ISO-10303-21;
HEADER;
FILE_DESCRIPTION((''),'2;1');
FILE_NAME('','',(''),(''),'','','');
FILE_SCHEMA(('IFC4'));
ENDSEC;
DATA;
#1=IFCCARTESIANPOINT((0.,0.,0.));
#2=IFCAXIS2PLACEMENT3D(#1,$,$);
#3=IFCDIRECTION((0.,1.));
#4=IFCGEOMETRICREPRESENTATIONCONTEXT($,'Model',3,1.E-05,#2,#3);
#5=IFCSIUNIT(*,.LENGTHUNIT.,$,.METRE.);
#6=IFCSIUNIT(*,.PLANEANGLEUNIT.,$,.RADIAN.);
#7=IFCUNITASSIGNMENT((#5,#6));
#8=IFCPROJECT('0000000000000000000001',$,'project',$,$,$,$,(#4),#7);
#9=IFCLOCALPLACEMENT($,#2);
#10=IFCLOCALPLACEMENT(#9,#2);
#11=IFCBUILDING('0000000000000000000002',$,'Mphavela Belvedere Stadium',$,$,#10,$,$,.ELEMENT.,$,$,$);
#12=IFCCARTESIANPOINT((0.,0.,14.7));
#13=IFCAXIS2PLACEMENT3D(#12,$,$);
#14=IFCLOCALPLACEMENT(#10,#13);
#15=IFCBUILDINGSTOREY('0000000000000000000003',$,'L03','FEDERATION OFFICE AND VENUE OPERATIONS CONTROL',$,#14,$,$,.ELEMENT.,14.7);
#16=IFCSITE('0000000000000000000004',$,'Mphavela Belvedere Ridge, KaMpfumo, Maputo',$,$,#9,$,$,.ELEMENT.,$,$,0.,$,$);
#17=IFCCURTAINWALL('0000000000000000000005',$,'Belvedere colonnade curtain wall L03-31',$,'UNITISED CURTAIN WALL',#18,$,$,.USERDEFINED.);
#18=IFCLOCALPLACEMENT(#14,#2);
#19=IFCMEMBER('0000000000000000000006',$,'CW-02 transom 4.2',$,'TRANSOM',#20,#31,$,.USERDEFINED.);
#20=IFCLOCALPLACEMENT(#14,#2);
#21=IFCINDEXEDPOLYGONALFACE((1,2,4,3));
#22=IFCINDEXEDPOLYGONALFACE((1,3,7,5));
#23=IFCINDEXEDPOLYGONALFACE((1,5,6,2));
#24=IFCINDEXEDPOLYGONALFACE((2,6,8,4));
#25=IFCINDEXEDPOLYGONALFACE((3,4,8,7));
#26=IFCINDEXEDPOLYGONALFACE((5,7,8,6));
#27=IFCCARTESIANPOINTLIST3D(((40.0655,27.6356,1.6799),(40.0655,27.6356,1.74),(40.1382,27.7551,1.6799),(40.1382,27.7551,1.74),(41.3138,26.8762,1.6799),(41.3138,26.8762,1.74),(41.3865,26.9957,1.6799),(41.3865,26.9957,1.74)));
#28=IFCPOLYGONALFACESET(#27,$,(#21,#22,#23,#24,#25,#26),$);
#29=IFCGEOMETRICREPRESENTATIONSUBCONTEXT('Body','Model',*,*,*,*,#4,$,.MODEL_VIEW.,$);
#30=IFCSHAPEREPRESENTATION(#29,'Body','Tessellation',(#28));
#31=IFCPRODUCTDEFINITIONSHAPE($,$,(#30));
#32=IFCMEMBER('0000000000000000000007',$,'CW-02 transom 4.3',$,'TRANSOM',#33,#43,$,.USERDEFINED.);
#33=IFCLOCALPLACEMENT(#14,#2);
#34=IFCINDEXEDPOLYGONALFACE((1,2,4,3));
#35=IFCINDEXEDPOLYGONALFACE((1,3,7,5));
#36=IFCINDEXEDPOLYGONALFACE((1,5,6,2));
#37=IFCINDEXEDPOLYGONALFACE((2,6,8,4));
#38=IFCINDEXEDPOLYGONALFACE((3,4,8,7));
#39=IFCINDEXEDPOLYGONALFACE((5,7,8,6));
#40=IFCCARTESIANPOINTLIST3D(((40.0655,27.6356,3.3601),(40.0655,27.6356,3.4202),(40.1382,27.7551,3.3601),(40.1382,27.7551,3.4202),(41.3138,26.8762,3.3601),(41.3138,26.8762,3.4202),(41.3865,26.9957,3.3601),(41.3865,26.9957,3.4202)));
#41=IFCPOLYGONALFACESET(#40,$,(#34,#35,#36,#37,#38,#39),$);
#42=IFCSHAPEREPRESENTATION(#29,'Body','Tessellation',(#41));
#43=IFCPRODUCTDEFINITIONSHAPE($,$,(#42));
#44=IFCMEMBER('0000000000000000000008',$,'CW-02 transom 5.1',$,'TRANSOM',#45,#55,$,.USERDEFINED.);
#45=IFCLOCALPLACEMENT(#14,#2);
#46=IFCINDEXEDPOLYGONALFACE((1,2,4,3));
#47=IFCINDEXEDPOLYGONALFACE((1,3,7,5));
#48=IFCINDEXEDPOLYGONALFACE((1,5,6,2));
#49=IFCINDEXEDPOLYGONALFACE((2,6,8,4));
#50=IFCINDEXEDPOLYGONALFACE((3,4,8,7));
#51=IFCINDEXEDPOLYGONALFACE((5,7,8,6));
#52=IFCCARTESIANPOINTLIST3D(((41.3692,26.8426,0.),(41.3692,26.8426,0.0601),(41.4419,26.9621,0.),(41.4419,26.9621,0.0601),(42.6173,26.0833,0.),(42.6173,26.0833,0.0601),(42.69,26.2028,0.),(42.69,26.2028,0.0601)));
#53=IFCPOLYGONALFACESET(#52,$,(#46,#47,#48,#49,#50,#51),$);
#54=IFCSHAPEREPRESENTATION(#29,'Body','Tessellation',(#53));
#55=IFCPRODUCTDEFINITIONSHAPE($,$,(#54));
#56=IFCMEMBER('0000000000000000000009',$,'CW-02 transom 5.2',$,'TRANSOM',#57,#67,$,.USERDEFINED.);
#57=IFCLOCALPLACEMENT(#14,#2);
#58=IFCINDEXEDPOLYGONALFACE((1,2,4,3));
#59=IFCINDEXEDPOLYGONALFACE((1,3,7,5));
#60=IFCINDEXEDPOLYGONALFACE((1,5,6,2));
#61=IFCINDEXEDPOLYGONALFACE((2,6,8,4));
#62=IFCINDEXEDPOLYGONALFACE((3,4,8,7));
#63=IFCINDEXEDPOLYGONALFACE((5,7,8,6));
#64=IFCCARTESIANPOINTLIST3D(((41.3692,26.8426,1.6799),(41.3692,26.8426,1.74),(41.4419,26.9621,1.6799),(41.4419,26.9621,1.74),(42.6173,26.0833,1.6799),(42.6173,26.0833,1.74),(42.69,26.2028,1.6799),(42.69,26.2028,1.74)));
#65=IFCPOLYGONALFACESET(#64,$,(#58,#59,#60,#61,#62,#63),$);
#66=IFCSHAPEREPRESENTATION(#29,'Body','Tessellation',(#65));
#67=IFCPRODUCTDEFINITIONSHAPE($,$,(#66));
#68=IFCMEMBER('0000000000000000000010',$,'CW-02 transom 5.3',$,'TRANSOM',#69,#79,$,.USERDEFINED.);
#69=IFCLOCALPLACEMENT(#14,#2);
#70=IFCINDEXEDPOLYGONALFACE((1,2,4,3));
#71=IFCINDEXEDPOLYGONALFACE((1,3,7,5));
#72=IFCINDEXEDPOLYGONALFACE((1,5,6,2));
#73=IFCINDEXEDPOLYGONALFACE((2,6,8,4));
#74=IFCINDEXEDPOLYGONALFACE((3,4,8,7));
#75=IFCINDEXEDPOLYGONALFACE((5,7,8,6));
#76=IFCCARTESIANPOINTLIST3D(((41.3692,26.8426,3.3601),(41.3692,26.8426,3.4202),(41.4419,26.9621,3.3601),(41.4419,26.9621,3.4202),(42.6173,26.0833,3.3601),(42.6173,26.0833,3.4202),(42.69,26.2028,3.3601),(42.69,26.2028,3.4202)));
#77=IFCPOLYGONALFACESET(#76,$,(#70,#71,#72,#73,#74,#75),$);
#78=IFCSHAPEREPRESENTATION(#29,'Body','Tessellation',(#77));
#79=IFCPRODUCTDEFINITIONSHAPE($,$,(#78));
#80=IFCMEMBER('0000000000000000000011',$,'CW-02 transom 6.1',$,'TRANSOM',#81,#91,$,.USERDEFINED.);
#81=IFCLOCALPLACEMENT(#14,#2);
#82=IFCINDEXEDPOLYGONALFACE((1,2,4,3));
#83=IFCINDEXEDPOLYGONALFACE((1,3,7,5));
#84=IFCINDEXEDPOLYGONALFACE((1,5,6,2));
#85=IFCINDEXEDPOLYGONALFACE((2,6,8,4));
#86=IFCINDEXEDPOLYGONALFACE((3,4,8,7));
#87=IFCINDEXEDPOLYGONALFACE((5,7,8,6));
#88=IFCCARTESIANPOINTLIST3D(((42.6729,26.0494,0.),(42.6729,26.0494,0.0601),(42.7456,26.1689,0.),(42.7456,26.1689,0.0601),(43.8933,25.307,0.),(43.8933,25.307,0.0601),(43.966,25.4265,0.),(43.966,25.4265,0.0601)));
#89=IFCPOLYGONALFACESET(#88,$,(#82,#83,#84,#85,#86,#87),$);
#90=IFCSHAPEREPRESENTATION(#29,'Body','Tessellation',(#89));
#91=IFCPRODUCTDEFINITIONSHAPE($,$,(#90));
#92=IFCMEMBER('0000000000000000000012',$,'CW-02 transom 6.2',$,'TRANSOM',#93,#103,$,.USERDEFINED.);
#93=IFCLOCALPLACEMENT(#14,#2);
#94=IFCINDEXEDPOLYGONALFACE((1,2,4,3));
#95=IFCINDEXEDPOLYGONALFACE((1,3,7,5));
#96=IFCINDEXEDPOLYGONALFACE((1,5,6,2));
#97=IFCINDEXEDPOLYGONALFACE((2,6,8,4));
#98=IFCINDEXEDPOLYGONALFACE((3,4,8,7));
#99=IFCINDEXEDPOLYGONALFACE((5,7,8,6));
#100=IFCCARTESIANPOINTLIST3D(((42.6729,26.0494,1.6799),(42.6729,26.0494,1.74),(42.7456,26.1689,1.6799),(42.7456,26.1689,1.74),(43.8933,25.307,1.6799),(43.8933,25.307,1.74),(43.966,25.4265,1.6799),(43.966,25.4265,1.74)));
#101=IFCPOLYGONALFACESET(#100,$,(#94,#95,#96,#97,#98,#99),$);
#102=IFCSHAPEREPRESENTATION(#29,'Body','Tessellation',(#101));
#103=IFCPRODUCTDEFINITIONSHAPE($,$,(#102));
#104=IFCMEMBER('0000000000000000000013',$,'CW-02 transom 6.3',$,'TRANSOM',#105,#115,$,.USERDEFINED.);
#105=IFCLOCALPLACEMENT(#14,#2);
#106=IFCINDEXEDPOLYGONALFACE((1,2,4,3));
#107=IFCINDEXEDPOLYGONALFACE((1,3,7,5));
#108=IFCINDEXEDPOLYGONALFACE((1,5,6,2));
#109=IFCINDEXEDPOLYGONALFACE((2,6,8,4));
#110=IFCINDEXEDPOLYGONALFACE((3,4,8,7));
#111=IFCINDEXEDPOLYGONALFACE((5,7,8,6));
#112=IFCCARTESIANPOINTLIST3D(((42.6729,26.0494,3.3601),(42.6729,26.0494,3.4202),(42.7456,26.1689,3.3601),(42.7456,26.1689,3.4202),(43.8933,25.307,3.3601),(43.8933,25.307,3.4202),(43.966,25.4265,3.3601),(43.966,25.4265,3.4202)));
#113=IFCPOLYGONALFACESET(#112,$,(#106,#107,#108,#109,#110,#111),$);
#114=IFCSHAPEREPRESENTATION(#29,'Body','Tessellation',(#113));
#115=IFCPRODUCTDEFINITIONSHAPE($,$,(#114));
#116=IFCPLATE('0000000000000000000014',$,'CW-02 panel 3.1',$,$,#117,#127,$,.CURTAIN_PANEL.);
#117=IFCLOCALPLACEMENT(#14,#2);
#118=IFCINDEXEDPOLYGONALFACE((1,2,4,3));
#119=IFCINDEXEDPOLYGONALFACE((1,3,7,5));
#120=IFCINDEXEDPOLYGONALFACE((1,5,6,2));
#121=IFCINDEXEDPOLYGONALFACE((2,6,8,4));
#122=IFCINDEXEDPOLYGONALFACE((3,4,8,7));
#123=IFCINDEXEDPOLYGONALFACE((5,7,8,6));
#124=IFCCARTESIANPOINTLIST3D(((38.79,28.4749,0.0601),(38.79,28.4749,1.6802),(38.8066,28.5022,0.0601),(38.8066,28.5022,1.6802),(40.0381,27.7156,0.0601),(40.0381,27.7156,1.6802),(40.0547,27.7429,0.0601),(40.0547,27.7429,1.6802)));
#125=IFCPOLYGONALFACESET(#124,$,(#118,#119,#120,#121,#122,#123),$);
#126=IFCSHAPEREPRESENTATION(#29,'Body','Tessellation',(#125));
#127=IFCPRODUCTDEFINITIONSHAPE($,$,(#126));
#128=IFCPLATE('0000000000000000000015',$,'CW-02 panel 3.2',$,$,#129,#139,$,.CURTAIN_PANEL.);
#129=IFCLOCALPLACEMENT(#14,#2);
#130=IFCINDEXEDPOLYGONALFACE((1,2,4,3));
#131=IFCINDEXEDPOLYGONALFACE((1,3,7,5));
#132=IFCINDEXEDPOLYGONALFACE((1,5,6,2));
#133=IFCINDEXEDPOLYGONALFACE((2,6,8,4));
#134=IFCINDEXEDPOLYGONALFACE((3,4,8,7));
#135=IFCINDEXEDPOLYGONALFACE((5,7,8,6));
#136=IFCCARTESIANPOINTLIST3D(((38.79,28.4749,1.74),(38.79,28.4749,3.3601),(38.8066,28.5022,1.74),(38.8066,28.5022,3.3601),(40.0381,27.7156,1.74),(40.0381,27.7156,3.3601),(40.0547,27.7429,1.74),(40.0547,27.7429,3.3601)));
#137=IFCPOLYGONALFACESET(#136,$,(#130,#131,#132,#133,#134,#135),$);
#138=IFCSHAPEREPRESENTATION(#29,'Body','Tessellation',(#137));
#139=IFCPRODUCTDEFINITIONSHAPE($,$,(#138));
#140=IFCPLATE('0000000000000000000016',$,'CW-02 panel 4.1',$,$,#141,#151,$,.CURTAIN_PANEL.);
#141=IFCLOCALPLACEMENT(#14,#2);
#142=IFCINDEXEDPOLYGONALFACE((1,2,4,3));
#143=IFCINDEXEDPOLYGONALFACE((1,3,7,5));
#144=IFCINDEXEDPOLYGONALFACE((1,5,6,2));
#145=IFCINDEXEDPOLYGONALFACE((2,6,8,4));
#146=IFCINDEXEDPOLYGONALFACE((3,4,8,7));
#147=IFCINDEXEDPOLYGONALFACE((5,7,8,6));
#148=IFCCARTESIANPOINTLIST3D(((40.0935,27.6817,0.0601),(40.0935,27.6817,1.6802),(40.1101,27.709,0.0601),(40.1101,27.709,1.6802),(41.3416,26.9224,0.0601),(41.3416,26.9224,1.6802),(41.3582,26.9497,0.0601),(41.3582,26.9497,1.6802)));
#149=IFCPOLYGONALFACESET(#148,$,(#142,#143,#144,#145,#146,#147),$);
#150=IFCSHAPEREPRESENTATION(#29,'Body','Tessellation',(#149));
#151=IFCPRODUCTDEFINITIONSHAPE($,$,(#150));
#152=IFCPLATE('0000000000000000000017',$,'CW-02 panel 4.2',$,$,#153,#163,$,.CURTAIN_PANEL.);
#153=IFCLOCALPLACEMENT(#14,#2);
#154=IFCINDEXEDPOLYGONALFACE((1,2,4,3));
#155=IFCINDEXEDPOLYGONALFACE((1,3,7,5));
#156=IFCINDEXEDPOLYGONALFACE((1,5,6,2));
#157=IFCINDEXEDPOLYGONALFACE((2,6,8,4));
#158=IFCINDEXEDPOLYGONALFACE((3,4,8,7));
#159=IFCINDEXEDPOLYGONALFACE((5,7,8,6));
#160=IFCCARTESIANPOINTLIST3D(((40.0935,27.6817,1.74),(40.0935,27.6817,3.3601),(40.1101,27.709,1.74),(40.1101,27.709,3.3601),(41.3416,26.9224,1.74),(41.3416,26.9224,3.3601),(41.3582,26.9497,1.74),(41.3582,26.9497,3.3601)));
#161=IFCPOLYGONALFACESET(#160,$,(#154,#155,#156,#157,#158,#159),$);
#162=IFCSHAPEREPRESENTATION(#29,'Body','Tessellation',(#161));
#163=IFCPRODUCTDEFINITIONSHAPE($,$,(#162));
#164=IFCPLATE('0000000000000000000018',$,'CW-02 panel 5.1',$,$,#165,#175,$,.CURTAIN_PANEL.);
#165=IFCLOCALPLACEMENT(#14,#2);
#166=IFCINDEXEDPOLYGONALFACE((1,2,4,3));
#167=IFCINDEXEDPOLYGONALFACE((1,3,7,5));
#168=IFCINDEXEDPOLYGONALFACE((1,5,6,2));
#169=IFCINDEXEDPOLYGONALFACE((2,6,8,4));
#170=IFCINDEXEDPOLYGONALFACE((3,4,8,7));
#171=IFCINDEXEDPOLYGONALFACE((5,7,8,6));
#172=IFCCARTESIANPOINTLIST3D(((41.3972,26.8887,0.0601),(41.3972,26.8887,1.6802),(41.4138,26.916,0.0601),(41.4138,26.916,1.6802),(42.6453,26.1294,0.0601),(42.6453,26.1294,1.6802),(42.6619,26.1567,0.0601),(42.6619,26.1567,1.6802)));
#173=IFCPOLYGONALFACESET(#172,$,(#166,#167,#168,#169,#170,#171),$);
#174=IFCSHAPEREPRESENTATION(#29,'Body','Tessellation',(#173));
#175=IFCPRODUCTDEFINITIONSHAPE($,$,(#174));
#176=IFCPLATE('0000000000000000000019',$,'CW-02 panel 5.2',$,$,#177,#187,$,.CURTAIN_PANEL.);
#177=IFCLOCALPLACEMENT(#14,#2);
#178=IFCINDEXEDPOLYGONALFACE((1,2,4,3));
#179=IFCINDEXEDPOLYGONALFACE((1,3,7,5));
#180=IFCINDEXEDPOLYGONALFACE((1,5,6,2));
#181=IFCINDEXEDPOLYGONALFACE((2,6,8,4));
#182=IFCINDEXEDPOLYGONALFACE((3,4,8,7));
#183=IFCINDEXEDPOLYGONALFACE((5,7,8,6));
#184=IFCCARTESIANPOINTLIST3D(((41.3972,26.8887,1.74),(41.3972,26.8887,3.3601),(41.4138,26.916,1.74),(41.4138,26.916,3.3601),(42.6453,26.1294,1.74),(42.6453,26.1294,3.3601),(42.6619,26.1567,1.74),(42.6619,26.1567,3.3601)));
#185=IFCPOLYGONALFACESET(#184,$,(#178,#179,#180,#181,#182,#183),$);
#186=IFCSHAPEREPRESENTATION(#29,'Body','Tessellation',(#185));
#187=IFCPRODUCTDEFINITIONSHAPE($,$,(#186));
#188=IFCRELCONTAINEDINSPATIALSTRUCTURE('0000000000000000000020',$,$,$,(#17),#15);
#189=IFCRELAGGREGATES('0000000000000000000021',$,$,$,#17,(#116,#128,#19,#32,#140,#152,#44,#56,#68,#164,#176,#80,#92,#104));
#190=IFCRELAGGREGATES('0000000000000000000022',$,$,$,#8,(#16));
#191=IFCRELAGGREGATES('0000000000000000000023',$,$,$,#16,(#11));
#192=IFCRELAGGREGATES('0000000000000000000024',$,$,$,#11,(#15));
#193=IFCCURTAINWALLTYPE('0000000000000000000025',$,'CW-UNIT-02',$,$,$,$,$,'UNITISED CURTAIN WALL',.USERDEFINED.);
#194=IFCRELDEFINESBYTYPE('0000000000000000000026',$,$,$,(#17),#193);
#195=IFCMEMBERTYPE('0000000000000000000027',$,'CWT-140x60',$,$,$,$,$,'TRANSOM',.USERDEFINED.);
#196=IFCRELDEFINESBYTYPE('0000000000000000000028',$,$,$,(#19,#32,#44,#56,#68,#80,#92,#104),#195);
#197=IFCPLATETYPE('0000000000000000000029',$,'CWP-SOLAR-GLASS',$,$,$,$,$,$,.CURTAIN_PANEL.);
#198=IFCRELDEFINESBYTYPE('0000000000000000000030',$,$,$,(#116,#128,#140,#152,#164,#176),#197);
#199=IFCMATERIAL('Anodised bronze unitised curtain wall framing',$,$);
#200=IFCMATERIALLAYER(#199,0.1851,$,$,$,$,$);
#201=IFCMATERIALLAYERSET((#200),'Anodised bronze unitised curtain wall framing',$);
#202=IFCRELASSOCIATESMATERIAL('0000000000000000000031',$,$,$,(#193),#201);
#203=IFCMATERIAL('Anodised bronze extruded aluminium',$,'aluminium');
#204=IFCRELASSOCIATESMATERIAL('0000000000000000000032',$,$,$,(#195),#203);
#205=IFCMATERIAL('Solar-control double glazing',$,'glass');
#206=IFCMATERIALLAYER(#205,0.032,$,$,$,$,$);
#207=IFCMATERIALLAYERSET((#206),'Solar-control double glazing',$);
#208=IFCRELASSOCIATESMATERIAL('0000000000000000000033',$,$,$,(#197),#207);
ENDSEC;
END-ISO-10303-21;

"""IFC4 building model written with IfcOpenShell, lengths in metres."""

from ifc_helpers import new_model, si_unit, direction, frame, origin, origin_2d, place, context, subcontext, project, spatial, rectangle, extrude, material, layer, layer_set, material_profile, profile_set, type_object, element, aggregate, save


model = new_model("IFC4")

# Units and contexts
model_context = context("Model", 3, precision=1e-05, world=origin(), true_north=direction((0.0, 1.0)))
body_context = subcontext(model_context, "Body", "Model", "MODEL_VIEW")
ifc_project = project(units=[si_unit("LENGTHUNIT", "METRE"), si_unit("PLANEANGLEUNIT", "RADIAN")], contexts=[model_context])

# Site, building, storey
site_placement = place(None, origin())
site = spatial("IfcSite", under=ifc_project, at=site_placement, Name="Mphavela Belvedere Ridge, KaMpfumo, Maputo", CompositionType="ELEMENT", RefElevation=0.0)
building_placement = place(site_placement, origin())
building = spatial("IfcBuilding", under=site, at=building_placement, Name="Mphavela Belvedere Stadium", CompositionType="ELEMENT")
storey_placement = place(building_placement, frame((0.0, 0.0, 14.7)))
storey = spatial("IfcBuildingStorey", under=building, at=storey_placement, Name="L03", Description="FEDERATION OFFICE AND VENUE OPERATIONS CONTROL", CompositionType="ELEMENT", Elevation=14.7)

# Curtain wall, members, plates
ifc_material_1 = material(Name="Anodised bronze unitised curtain wall framing")
ifc_layer_1 = layer(ifc_material_1, 0.1851)
ifc_layer_set_1 = layer_set([ifc_layer_1], Name="Anodised bronze unitised curtain wall framing")
curtain_wall_type = type_object("IfcCurtainWallType", Name="CW-UNIT-02", ElementType="UNITISED CURTAIN WALL", PredefinedType="USERDEFINED", material=ifc_layer_set_1)
curtain_wall_placement = place(storey_placement, origin())
curtain_wall = element("IfcCurtainWall", 1, at=curtain_wall_placement, inside=storey, type_object=curtain_wall_type, Name="Belvedere colonnade curtain wall L03-31", ObjectType="UNITISED CURTAIN WALL", PredefinedType="USERDEFINED")
ifc_material_2 = material(Name="Anodised bronze extruded aluminium", Category="aluminium")
ifc_material_profile_1 = material_profile(ifc_material_2, rectangle(XDim=0.1399, YDim=0.0601, at=origin_2d()), Name="CW-TRN 140x60")
ifc_profile_set_1 = profile_set([ifc_material_profile_1], Name="Anodised bronze extruded aluminium")
member_type_1 = type_object("IfcMemberType", Name="CWT-140x60", ElementType="TRANSOM", PredefinedType="USERDEFINED", material=ifc_profile_set_1)
member_1_placement = place(storey_placement, frame((40.1018, 27.6953, 1.71), z_axis=(0.854366, -0.519671, 0.0), x_axis=(0.519671, 0.854366, 0.0)))
member_1 = element("IfcMember", 2, at=member_1_placement, type_object=member_type_1, Name="CW-02 transom 4.2", ObjectType="TRANSOM", PredefinedType="USERDEFINED", context=body_context, shape_type="SweptSolid", body=[
    extrude(rectangle(XDim=0.1399, YDim=0.0601, at=origin_2d()), origin(), (0.0, 0.0, 1.0), 1.4612),
])
member_2_placement = place(storey_placement, frame((40.1018, 27.6953, 3.3901), z_axis=(0.854366, -0.519671, 0.0), x_axis=(0.519671, 0.854366, 0.0)))
member_2 = element("IfcMember", 3, at=member_2_placement, type_object=member_type_1, Name="CW-02 transom 4.3", ObjectType="TRANSOM", PredefinedType="USERDEFINED", context=body_context, shape_type="SweptSolid", body=[
    extrude(rectangle(XDim=0.1399, YDim=0.0601, at=origin_2d()), origin(), (0.0, 0.0, 1.0), 1.4612),
])
member_3_placement = place(storey_placement, frame((41.4055, 26.9023, 0.03), z_axis=(0.854321, -0.519745, 0.0), x_axis=(0.519745, 0.854321, 0.0)))
member_3 = element("IfcMember", 4, at=member_3_placement, type_object=member_type_1, Name="CW-02 transom 5.1", ObjectType="TRANSOM", PredefinedType="USERDEFINED", context=body_context, shape_type="SweptSolid", body=[
    extrude(rectangle(XDim=0.1399, YDim=0.0601, at=origin_2d()), origin(), (0.0, 0.0, 1.0), 1.4609),
])
member_4_placement = place(storey_placement, frame((41.4055, 26.9023, 1.71), z_axis=(0.854321, -0.519745, 0.0), x_axis=(0.519745, 0.854321, 0.0)))
member_4 = element("IfcMember", 5, at=member_4_placement, type_object=member_type_1, Name="CW-02 transom 5.2", ObjectType="TRANSOM", PredefinedType="USERDEFINED", context=body_context, shape_type="SweptSolid", body=[
    extrude(rectangle(XDim=0.1399, YDim=0.0601, at=origin_2d()), origin(), (0.0, 0.0, 1.0), 1.4609),
])
member_5_placement = place(storey_placement, frame((41.4055, 26.9023, 3.3901), z_axis=(0.854321, -0.519745, 0.0), x_axis=(0.519745, 0.854321, 0.0)))
member_5 = element("IfcMember", 6, at=member_5_placement, type_object=member_type_1, Name="CW-02 transom 5.3", ObjectType="TRANSOM", PredefinedType="USERDEFINED", context=body_context, shape_type="SweptSolid", body=[
    extrude(rectangle(XDim=0.1399, YDim=0.0601, at=origin_2d()), origin(), (0.0, 0.0, 1.0), 1.4609),
])
member_6_placement = place(storey_placement, frame((42.7092, 26.1091, 0.03), z_axis=(0.85434, -0.519714, 0.0), x_axis=(0.519714, 0.85434, 0.0)))
member_6 = element("IfcMember", 7, at=member_6_placement, type_object=member_type_1, Name="CW-02 transom 6.1", ObjectType="TRANSOM", PredefinedType="USERDEFINED", context=body_context, shape_type="SweptSolid", body=[
    extrude(rectangle(XDim=0.1399, YDim=0.0601, at=origin_2d()), origin(), (0.0, 0.0, 1.0), 1.4285),
])
member_7_placement = place(storey_placement, frame((42.7092, 26.1091, 1.71), z_axis=(0.85434, -0.519714, 0.0), x_axis=(0.519714, 0.85434, 0.0)))
member_7 = element("IfcMember", 8, at=member_7_placement, type_object=member_type_1, Name="CW-02 transom 6.2", ObjectType="TRANSOM", PredefinedType="USERDEFINED", context=body_context, shape_type="SweptSolid", body=[
    extrude(rectangle(XDim=0.1399, YDim=0.0601, at=origin_2d()), origin(), (0.0, 0.0, 1.0), 1.4285),
])
member_8_placement = place(storey_placement, frame((42.7092, 26.1091, 3.3901), z_axis=(0.85434, -0.519714, 0.0), x_axis=(0.519714, 0.85434, 0.0)))
member_8 = element("IfcMember", 9, at=member_8_placement, type_object=member_type_1, Name="CW-02 transom 6.3", ObjectType="TRANSOM", PredefinedType="USERDEFINED", context=body_context, shape_type="SweptSolid", body=[
    extrude(rectangle(XDim=0.1399, YDim=0.0601, at=origin_2d()), origin(), (0.0, 0.0, 1.0), 1.4285),
])
ifc_material_3 = material(Name="Solar-control double glazing", Category="glass")
ifc_layer_2 = layer(ifc_material_3, 0.032)
ifc_layer_set_2 = layer_set([ifc_layer_2], Name="Solar-control double glazing")
plate_type = type_object("IfcPlateType", Name="CWP-SOLAR-GLASS", PredefinedType="CURTAIN_PANEL", material=ifc_layer_set_2)
plate_1_placement = place(storey_placement, frame((39.4224, 28.1089, 0.0601), z_axis=(0.0, 0.0, 1.0), x_axis=(0.854325, -0.519738, 0.0)))
plate_1 = element("IfcPlate", 10, at=plate_1_placement, type_object=plate_type, Name="CW-02 panel 3.1", PredefinedType="CURTAIN_PANEL", context=body_context, shape_type="SweptSolid", body=[
    extrude(rectangle(XDim=1.4609, YDim=0.032, at=origin_2d()), origin(), (0.0, 0.0, 1.0), 1.6201),
])
plate_2_placement = place(storey_placement, frame((39.4224, 28.1089, 1.74), z_axis=(0.0, 0.0, 1.0), x_axis=(0.854325, -0.519738, 0.0)))
plate_2 = element("IfcPlate", 11, at=plate_2_placement, type_object=plate_type, Name="CW-02 panel 3.2", PredefinedType="CURTAIN_PANEL", context=body_context, shape_type="SweptSolid", body=[
    extrude(rectangle(XDim=1.4609, YDim=0.032, at=origin_2d()), origin(), (0.0, 0.0, 1.0), 1.6201),
])
plate_3_placement = place(storey_placement, frame((40.7258, 27.3157, 0.0601), z_axis=(0.0, 0.0, 1.0), x_axis=(0.854325, -0.519738, 0.0)))
plate_3 = element("IfcPlate", 12, at=plate_3_placement, type_object=plate_type, Name="CW-02 panel 4.1", PredefinedType="CURTAIN_PANEL", context=body_context, shape_type="SweptSolid", body=[
    extrude(rectangle(XDim=1.4609, YDim=0.032, at=origin_2d()), origin(), (0.0, 0.0, 1.0), 1.6201),
])
plate_4_placement = place(storey_placement, frame((40.7258, 27.3157, 1.74), z_axis=(0.0, 0.0, 1.0), x_axis=(0.854325, -0.519738, 0.0)))
plate_4 = element("IfcPlate", 13, at=plate_4_placement, type_object=plate_type, Name="CW-02 panel 4.2", PredefinedType="CURTAIN_PANEL", context=body_context, shape_type="SweptSolid", body=[
    extrude(rectangle(XDim=1.4609, YDim=0.032, at=origin_2d()), origin(), (0.0, 0.0, 1.0), 1.6201),
])
plate_5_placement = place(storey_placement, frame((42.0295, 26.5227, 0.0601), z_axis=(0.0, 0.0, 1.0), x_axis=(0.854325, -0.519738, 0.0)))
plate_5 = element("IfcPlate", 14, at=plate_5_placement, type_object=plate_type, Name="CW-02 panel 5.1", PredefinedType="CURTAIN_PANEL", context=body_context, shape_type="SweptSolid", body=[
    extrude(rectangle(XDim=1.4609, YDim=0.032, at=origin_2d()), origin(), (0.0, 0.0, 1.0), 1.6201),
])
plate_6_placement = place(storey_placement, frame((42.0295, 26.5227, 1.74), z_axis=(0.0, 0.0, 1.0), x_axis=(0.854325, -0.519738, 0.0)))
plate_6 = element("IfcPlate", 15, at=plate_6_placement, type_object=plate_type, Name="CW-02 panel 5.2", PredefinedType="CURTAIN_PANEL", context=body_context, shape_type="SweptSolid", body=[
    extrude(rectangle(XDim=1.4609, YDim=0.032, at=origin_2d()), origin(), (0.0, 0.0, 1.0), 1.6201),
])
aggregate(curtain_wall, [plate_1, plate_2, member_1, member_2, plate_3, plate_4, member_3, member_4, member_5, plate_5, plate_6, member_6, member_7, member_8])

save(model, "model.ifc")
